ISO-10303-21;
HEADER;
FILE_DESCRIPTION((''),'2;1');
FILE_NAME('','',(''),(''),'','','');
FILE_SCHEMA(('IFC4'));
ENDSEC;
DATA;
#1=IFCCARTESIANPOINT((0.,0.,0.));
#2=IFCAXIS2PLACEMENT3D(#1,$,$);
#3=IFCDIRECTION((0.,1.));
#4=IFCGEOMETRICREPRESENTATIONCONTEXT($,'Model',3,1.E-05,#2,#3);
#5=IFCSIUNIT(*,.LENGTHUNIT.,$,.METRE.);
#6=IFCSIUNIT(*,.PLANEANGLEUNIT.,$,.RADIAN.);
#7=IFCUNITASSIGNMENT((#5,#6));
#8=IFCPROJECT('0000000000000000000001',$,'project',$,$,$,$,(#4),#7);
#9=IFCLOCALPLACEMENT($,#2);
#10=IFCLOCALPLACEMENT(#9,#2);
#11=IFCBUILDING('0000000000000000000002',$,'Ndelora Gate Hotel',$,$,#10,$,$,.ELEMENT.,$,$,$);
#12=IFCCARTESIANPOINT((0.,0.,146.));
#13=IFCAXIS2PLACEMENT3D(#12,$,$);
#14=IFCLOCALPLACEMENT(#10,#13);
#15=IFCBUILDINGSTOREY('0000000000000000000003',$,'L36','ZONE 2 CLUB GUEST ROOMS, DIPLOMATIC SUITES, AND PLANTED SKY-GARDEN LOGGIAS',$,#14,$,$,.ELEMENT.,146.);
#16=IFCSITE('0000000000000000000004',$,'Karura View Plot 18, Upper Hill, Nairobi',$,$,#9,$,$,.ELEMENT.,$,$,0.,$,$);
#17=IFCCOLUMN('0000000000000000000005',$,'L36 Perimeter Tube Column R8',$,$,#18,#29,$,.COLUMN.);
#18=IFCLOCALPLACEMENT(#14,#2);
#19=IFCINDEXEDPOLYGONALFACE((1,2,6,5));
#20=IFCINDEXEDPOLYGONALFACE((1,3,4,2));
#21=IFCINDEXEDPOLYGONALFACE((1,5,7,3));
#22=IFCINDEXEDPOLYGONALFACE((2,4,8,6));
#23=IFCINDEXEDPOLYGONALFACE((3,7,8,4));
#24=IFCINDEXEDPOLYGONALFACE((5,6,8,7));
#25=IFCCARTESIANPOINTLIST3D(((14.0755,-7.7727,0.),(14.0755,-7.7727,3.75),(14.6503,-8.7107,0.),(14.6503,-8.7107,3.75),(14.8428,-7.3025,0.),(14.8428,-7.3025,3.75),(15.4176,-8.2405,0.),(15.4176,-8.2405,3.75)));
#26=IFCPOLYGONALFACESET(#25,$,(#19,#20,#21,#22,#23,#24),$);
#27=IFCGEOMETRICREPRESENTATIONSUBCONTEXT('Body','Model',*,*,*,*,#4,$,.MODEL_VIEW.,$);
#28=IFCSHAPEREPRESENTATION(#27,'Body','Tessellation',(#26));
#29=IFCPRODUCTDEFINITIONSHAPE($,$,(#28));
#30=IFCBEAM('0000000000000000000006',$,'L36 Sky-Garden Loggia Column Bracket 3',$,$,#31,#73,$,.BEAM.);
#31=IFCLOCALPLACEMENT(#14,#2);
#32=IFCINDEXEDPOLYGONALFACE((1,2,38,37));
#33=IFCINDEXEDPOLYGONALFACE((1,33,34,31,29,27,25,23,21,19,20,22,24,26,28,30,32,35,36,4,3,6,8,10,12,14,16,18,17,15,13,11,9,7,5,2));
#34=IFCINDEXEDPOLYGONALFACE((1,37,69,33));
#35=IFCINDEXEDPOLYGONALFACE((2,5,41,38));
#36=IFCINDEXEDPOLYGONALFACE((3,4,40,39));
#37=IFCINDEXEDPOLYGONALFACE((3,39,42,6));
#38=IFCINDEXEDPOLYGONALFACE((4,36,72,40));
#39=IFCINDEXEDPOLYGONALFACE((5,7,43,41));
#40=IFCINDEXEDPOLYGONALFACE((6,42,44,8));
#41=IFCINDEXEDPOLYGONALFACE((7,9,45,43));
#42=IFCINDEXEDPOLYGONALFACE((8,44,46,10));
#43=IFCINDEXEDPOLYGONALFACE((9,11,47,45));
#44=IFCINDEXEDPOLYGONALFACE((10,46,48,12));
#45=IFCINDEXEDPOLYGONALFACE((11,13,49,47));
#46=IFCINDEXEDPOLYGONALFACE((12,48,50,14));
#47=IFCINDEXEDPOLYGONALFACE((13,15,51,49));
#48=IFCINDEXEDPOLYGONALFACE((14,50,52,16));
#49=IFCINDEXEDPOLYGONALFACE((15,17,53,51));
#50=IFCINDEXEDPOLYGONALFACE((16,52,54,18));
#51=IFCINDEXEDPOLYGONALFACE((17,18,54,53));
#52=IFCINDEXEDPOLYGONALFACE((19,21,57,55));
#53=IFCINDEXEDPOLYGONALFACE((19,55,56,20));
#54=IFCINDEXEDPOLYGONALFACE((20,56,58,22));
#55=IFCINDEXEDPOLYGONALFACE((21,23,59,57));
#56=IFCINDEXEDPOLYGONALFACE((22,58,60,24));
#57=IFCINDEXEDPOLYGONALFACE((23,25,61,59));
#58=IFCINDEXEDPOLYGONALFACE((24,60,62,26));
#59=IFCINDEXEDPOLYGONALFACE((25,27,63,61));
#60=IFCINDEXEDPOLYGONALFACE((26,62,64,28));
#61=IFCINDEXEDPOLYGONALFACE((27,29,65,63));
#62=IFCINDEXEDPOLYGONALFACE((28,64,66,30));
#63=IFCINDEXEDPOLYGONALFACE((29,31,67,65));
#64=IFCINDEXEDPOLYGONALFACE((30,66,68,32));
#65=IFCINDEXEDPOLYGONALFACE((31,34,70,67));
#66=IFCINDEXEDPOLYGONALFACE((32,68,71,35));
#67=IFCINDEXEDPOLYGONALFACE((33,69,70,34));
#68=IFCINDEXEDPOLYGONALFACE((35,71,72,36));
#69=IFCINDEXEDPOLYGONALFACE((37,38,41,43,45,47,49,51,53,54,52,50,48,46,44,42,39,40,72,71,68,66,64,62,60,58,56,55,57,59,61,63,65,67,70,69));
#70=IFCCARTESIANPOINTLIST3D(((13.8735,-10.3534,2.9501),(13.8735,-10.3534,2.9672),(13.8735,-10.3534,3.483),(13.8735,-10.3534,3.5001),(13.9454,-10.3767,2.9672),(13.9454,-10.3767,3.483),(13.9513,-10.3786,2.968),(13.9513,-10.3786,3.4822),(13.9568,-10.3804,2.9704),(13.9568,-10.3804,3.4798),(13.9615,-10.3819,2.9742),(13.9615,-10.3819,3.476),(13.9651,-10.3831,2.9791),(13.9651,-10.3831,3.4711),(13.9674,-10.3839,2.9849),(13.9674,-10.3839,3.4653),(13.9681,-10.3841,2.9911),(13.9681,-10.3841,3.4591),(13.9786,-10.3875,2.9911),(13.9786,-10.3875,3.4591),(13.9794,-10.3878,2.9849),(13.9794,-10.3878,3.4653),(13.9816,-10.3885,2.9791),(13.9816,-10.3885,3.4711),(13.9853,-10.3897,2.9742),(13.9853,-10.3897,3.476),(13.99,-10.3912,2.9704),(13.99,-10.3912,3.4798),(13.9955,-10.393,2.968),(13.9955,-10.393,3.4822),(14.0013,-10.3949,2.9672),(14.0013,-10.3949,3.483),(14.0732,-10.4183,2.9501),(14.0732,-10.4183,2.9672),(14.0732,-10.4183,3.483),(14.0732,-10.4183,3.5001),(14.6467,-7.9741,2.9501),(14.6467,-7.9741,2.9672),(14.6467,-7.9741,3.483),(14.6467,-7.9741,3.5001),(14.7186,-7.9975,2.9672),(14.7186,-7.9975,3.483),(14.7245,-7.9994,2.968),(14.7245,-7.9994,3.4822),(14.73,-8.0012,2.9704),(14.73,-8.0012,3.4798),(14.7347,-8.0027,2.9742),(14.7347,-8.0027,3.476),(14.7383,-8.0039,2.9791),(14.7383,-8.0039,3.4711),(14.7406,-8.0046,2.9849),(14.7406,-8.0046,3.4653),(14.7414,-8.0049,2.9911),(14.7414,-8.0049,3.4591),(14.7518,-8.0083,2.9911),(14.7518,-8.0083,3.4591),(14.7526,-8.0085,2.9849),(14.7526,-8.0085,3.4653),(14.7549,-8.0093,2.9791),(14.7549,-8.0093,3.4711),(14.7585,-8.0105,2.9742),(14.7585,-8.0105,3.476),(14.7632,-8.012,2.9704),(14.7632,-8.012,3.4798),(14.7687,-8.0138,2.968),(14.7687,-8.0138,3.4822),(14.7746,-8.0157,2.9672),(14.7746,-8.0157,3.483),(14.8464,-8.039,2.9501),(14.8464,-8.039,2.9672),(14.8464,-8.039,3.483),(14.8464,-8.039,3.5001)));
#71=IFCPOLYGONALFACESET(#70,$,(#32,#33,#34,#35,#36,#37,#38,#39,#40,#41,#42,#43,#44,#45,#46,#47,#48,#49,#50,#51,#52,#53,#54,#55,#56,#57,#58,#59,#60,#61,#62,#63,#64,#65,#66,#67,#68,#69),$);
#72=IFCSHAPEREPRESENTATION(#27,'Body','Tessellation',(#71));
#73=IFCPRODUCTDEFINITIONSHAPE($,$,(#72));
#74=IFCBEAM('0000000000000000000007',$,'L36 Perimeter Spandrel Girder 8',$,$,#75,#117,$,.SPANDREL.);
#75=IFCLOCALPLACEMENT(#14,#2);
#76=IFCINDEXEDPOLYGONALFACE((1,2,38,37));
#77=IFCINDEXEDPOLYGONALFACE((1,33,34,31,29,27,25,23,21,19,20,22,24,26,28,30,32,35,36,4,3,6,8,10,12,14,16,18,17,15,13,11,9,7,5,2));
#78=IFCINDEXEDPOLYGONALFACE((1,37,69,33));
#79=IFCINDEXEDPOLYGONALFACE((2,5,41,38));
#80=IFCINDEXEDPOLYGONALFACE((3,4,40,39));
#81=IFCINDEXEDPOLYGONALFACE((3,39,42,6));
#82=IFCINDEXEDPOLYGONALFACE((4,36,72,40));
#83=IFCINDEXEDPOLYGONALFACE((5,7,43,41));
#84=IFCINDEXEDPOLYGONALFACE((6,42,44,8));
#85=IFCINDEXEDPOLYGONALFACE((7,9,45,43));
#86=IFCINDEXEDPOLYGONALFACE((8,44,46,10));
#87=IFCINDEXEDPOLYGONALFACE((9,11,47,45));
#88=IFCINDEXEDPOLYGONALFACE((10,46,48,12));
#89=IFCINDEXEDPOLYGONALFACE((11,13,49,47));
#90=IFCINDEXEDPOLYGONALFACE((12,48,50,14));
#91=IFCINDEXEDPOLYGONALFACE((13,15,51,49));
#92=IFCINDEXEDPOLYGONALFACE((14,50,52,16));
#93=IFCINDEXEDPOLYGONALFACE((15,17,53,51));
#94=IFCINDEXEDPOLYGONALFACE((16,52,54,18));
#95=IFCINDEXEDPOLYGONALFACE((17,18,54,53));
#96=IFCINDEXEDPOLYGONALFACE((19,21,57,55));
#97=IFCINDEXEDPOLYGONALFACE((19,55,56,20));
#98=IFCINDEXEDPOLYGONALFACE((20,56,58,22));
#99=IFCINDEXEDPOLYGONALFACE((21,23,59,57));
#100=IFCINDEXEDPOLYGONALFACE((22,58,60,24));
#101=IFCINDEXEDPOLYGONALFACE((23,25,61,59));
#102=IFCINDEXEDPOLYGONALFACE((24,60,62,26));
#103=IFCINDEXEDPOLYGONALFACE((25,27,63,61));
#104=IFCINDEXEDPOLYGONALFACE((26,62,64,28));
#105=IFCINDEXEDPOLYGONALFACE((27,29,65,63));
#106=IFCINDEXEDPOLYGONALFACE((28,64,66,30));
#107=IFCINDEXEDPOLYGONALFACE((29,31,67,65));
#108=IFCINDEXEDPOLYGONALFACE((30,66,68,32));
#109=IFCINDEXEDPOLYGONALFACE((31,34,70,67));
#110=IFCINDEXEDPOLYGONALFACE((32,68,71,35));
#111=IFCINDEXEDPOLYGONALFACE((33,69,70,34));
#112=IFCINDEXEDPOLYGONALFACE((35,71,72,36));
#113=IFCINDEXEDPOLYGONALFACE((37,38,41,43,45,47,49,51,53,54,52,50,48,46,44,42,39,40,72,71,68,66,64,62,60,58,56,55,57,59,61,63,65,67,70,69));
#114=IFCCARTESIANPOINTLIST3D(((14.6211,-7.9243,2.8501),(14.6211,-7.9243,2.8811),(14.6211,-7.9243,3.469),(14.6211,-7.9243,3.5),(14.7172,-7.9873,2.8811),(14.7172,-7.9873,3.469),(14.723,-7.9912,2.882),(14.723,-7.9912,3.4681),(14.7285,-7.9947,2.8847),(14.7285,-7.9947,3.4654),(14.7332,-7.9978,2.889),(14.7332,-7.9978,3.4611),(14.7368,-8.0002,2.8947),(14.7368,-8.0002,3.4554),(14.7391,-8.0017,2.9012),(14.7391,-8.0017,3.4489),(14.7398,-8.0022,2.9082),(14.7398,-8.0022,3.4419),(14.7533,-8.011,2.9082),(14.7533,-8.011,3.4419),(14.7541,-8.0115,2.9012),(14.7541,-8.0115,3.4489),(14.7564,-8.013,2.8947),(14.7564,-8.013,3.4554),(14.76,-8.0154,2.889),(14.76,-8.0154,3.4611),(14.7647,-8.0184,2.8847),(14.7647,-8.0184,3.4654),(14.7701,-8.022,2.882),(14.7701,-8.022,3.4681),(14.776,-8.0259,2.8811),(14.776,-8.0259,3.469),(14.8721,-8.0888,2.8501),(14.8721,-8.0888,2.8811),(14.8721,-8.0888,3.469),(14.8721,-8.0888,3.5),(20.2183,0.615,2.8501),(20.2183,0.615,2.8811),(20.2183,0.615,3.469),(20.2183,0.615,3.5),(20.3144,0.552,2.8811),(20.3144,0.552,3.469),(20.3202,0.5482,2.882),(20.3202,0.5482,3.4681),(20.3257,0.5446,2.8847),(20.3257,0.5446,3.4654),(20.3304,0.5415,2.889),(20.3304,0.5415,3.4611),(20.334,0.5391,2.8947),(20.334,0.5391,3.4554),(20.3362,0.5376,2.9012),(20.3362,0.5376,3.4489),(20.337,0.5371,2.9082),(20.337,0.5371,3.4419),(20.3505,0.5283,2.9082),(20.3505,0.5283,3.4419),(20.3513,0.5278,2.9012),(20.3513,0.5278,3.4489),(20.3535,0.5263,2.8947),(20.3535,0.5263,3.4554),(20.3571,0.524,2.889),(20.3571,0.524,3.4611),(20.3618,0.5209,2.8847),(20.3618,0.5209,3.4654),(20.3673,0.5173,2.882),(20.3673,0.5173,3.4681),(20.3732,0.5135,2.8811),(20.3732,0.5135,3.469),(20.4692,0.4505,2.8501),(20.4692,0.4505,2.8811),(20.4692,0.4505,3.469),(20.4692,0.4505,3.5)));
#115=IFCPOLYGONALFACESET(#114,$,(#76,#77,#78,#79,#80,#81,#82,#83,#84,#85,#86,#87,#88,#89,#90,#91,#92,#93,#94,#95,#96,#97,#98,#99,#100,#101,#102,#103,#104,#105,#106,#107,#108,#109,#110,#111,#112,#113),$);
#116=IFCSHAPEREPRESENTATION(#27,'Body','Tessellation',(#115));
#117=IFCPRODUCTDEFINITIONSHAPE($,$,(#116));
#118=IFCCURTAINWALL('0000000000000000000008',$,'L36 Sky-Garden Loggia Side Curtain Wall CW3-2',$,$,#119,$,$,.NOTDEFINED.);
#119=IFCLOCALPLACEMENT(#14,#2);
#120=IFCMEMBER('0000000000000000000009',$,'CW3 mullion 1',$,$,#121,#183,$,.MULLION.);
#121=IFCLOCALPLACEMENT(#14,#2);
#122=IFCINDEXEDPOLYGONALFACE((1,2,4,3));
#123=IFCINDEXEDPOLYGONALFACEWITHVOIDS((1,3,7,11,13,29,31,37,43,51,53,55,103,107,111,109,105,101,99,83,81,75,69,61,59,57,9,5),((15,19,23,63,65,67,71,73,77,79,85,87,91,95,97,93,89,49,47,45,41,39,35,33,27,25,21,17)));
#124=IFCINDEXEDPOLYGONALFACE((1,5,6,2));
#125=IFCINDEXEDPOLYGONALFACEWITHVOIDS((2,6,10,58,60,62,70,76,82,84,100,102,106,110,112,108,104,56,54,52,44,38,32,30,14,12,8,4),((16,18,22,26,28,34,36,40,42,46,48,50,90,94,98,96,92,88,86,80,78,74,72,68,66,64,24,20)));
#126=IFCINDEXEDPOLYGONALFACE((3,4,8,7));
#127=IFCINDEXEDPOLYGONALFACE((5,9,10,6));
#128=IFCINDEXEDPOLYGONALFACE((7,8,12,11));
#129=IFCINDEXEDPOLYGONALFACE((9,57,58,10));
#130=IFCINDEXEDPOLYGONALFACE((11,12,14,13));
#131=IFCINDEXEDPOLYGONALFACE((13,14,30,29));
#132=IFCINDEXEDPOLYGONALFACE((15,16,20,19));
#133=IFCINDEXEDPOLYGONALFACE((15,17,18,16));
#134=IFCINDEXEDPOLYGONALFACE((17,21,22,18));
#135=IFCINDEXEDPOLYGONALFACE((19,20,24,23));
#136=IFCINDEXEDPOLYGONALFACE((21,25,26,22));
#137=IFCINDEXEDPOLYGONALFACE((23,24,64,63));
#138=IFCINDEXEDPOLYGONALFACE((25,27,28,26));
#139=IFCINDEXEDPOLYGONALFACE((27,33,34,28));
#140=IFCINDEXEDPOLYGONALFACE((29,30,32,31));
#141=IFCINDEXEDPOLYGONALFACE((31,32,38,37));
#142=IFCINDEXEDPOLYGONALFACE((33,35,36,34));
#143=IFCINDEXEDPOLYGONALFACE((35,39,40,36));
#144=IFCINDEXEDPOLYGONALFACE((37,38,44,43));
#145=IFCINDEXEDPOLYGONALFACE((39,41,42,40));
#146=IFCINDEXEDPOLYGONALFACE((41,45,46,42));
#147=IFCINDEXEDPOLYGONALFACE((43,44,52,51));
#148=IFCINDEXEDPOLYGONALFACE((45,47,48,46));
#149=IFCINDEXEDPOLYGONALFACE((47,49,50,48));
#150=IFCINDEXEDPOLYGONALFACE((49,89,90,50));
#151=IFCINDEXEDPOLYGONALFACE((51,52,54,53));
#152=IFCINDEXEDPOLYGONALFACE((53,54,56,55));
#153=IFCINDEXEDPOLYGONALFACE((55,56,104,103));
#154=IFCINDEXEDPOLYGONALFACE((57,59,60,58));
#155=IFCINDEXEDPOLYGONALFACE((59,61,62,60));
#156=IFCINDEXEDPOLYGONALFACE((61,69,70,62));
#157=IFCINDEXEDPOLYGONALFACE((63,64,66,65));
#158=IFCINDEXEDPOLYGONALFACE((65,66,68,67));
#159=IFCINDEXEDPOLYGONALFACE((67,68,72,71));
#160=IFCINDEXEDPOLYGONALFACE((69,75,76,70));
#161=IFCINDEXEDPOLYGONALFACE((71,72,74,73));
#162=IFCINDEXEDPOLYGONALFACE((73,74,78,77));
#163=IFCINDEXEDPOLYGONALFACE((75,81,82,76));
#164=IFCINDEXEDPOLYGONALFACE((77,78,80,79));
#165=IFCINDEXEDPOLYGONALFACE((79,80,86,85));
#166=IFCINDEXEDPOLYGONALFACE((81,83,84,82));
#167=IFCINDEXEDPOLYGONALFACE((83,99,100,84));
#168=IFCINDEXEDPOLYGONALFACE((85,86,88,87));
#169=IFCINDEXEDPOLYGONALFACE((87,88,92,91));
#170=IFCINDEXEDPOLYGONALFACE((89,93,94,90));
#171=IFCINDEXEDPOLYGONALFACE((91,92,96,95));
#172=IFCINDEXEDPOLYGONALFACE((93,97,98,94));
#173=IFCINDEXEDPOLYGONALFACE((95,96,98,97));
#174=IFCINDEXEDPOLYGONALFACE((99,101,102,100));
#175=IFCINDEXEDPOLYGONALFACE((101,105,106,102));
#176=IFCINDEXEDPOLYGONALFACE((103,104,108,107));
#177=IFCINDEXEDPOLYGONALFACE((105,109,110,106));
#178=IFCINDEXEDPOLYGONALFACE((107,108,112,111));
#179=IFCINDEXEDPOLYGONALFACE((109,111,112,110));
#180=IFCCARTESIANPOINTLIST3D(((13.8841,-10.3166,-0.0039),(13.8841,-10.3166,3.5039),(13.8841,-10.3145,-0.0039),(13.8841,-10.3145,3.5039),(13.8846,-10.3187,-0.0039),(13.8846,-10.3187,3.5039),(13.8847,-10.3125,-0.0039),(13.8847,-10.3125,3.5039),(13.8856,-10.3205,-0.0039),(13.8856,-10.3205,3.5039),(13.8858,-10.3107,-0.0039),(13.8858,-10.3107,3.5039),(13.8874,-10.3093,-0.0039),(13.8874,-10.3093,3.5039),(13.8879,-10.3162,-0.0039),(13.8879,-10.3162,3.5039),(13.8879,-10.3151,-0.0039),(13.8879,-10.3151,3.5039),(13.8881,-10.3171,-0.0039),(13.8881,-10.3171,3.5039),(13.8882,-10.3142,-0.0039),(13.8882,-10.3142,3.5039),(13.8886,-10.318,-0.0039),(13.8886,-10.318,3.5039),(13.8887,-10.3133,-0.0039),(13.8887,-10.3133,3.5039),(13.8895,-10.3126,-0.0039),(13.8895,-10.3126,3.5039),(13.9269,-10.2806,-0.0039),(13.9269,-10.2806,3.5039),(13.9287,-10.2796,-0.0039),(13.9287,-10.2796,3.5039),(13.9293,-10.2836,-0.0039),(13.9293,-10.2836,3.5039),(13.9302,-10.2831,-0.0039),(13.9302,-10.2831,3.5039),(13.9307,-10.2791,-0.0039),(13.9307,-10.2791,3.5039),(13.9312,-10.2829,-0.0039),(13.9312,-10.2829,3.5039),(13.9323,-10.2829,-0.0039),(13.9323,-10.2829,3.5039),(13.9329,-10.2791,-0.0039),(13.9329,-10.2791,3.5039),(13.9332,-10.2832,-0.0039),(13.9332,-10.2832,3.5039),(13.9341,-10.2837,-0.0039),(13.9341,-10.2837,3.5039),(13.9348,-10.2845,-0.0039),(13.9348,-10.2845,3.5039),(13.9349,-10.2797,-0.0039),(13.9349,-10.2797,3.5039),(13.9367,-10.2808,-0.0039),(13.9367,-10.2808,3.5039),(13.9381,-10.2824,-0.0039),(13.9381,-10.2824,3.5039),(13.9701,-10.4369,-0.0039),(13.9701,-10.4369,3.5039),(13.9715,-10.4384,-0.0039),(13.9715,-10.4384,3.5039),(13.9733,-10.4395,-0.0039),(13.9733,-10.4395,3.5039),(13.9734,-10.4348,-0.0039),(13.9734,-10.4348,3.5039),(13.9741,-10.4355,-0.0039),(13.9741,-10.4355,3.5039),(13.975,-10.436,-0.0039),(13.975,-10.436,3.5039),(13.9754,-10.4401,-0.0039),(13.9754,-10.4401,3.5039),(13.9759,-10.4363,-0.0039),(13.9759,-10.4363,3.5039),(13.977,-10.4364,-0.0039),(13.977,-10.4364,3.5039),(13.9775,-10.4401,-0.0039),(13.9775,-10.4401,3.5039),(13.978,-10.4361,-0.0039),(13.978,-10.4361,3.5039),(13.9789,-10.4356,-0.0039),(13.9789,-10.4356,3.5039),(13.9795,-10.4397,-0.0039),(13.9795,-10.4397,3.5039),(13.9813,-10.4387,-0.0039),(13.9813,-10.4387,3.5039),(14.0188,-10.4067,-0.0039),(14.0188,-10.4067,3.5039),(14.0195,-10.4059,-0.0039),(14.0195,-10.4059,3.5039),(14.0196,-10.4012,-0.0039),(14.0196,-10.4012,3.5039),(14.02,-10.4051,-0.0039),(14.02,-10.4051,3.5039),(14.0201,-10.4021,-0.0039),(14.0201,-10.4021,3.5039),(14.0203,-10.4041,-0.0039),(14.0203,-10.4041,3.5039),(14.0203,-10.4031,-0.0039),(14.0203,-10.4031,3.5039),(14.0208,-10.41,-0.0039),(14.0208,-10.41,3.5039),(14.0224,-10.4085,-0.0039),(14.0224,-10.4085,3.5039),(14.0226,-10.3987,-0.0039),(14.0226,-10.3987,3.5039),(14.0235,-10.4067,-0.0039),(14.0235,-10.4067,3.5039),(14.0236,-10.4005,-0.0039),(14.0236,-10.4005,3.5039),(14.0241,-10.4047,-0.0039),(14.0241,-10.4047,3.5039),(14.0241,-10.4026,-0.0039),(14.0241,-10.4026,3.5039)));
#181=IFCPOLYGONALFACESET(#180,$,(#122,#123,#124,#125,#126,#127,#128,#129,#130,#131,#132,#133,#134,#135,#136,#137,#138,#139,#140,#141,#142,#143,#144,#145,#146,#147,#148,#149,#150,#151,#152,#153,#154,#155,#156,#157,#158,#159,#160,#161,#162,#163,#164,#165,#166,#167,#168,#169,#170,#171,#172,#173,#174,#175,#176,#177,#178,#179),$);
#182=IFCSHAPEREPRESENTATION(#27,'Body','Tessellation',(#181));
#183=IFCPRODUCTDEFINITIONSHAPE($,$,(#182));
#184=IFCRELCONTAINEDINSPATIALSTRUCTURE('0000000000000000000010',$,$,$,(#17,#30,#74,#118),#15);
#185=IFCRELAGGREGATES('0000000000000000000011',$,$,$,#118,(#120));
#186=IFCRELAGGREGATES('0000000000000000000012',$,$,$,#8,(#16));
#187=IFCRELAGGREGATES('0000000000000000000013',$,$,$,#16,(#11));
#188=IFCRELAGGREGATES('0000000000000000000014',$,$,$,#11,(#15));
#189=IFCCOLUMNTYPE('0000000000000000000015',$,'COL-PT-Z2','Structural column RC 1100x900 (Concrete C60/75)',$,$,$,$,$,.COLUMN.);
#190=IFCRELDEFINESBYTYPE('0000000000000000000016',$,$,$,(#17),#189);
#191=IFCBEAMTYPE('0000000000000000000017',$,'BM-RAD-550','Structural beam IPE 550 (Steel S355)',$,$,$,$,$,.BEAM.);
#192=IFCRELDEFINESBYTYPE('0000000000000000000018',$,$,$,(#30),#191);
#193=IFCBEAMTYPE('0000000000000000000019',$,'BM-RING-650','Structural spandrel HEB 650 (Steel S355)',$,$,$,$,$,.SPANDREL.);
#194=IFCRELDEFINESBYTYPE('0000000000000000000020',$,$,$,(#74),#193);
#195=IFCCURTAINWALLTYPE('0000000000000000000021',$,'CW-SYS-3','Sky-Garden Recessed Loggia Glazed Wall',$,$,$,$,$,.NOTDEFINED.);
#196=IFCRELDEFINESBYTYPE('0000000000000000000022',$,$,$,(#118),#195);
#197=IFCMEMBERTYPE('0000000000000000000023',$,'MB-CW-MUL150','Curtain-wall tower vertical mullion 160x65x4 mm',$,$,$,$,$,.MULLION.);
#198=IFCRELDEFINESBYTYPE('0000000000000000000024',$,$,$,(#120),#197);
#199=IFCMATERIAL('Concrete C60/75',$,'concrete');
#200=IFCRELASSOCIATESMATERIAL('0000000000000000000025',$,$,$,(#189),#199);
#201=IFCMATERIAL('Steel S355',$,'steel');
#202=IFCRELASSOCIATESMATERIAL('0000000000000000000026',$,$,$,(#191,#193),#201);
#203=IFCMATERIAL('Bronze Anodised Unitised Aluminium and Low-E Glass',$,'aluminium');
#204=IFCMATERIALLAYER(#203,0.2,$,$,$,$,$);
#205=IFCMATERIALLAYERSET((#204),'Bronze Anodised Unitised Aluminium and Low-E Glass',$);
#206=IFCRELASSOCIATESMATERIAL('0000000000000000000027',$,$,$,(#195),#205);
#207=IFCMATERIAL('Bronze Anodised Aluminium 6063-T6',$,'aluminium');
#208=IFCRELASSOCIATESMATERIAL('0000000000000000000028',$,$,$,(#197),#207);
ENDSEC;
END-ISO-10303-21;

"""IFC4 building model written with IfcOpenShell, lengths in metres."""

from ifc_helpers import new_model, si_unit, direction, frame, origin, origin_2d, place, context, subcontext, project, spatial, rectangle, hollow_rectangle, i_section, extrude, material, layer, layer_set, material_profile, profile_set, type_object, element, aggregate, save


model = new_model("IFC4")

# Units and contexts
model_context = context("Model", 3, precision=1e-05, world=origin(), true_north=direction((0.0, 1.0)))
body_context = subcontext(model_context, "Body", "Model", "MODEL_VIEW")
ifc_project = project(units=[si_unit("LENGTHUNIT", "METRE"), si_unit("PLANEANGLEUNIT", "RADIAN")], contexts=[model_context])

# Site, building, storey
site_placement = place(None, origin())
site = spatial("IfcSite", under=ifc_project, at=site_placement, Name="Karura View Plot 18, Upper Hill, Nairobi", CompositionType="ELEMENT", RefElevation=0.0)
building_placement = place(site_placement, origin())
building = spatial("IfcBuilding", under=site, at=building_placement, Name="Ndelora Gate Hotel", CompositionType="ELEMENT")
storey_placement = place(building_placement, frame((0.0, 0.0, 146.0)))
storey = spatial("IfcBuildingStorey", under=building, at=storey_placement, Name="L36", Description="ZONE 2 CLUB GUEST ROOMS, DIPLOMATIC SUITES, AND PLANTED SKY-GARDEN LOGGIAS", CompositionType="ELEMENT", Elevation=146.0)

# Column
ifc_material_1 = material(Name="Concrete C60/75", Category="concrete")
ifc_material_profile_1 = material_profile(ifc_material_1, rectangle(XDim=0.8999, YDim=1.1001, at=origin_2d()), Name="RC 1100x900")
ifc_profile_set_1 = profile_set([ifc_material_profile_1], Name="Concrete C60/75")
column_type = type_object("IfcColumnType", Name="COL-PT-Z2", Description="Structural column RC 1100x900 (Concrete C60/75)", PredefinedType="COLUMN", material=ifc_profile_set_1)
column_placement = place(storey_placement, frame((14.7466, -8.0066, 0.0), z_axis=(0.0, 0.0, 1.0), x_axis=(0.85264, 0.522499, 0.0)))
element("IfcColumn", 1, at=column_placement, inside=storey, type_object=column_type, Name="L36 Perimeter Tube Column R8", PredefinedType="COLUMN", context=body_context, shape_type="SweptSolid", body=[
    extrude(rectangle(XDim=0.8999, YDim=1.1001, at=origin_2d()), origin(), (0.0, 0.0, 1.0), 3.75),
])

# Beams
ifc_material_2 = material(Name="Steel S355", Category="steel")
ifc_material_profile_2 = material_profile(ifc_material_2, i_section(OverallWidth=0.21, OverallDepth=0.55, WebThickness=0.011, FlangeThickness=0.0171, FilletRadius=0.0239, at=origin_2d()), Name="IPE 550")
ifc_profile_set_2 = profile_set([ifc_material_profile_2], Name="Steel S355")
beam_type_1 = type_object("IfcBeamType", Name="BM-RAD-550", Description="Structural beam IPE 550 (Steel S355)", PredefinedType="BEAM", material=ifc_profile_set_2)
beam_1_placement = place(storey_placement, frame((14.7466, -8.0066, 3.2251), z_axis=(-0.309075, -0.951038, 0.0), x_axis=(0.951038, -0.309075, 0.0)))
element("IfcBeam", 2, at=beam_1_placement, inside=storey, type_object=beam_type_1, Name="L36 Sky-Garden Loggia Column Bracket 3", PredefinedType="BEAM", context=body_context, shape_type="SweptSolid", body=[
    extrude(i_section(OverallWidth=0.21, OverallDepth=0.55, WebThickness=0.011, FlangeThickness=0.0171, FilletRadius=0.0239, at=origin_2d()), origin(), (0.0, 0.0, 1.0), 2.5017),
])
ifc_material_profile_3 = material_profile(ifc_material_2, i_section(OverallWidth=0.3, OverallDepth=0.6499, WebThickness=0.0161, FlangeThickness=0.031, FilletRadius=0.0271, at=origin_2d()), Name="HEB 650")
ifc_profile_set_3 = profile_set([ifc_material_profile_3], Name="Steel S355")
beam_type_2 = type_object("IfcBeamType", Name="BM-RING-650", Description="Structural spandrel HEB 650 (Steel S355)", PredefinedType="SPANDREL", material=ifc_profile_set_3)
beam_2_placement = place(storey_placement, frame((14.7466, -8.0066, 3.175), z_axis=(0.548194, 0.836351, 0.0), x_axis=(-0.836351, 0.548194, 0.0)))
element("IfcBeam", 3, at=beam_2_placement, inside=storey, type_object=beam_type_2, Name="L36 Perimeter Spandrel Girder 8", PredefinedType="SPANDREL", context=body_context, shape_type="SweptSolid", body=[
    extrude(i_section(OverallWidth=0.3, OverallDepth=0.6499, WebThickness=0.0161, FlangeThickness=0.031, FilletRadius=0.0271, at=origin_2d()), origin(), (0.0, 0.0, 1.0), 10.2102),
])

# Curtain wall, member
ifc_material_3 = material(Name="Bronze Anodised Unitised Aluminium and Low-E Glass", Category="aluminium")
ifc_layer_1 = layer(ifc_material_3, 0.2)
ifc_layer_set_1 = layer_set([ifc_layer_1], Name="Bronze Anodised Unitised Aluminium and Low-E Glass")
curtain_wall_type = type_object("IfcCurtainWallType", Name="CW-SYS-3", Description="Sky-Garden Recessed Loggia Glazed Wall", PredefinedType="NOTDEFINED", material=ifc_layer_set_1)
curtain_wall_placement = place(storey_placement, origin())
curtain_wall = element("IfcCurtainWall", 4, at=curtain_wall_placement, inside=storey, type_object=curtain_wall_type, Name="L36 Sky-Garden Loggia Side Curtain Wall CW3-2", PredefinedType="NOTDEFINED")
ifc_material_4 = material(Name="Bronze Anodised Aluminium 6063-T6", Category="aluminium")
ifc_material_profile_4 = material_profile(ifc_material_4, hollow_rectangle(XDim=0.0649, YDim=0.1599, WallThickness=0.0039, InnerFilletRadius=0.0039, OuterFilletRadius=0.0081, at=origin_2d()), Name="ALU 160x65x4")
ifc_profile_set_4 = profile_set([ifc_material_profile_4], Name="Bronze Anodised Aluminium 6063-T6")
member_type_1 = type_object("IfcMemberType", Name="MB-CW-MUL150", Description="Curtain-wall tower vertical mullion 160x65x4 mm", PredefinedType="MULLION", material=ifc_profile_set_4)
member_1_placement = place(storey_placement, frame((13.9541, -10.3596, -0.0039), z_axis=(0.0, 0.0, 1.0), x_axis=(-0.809017, -0.587785, 0.0)))
member_1 = element("IfcMember", 5, at=member_1_placement, type_object=member_type_1, Name="CW3 mullion 1", PredefinedType="MULLION", context=body_context, shape_type="SweptSolid", body=[
    extrude(hollow_rectangle(XDim=0.0649, YDim=0.1599, WallThickness=0.0039, InnerFilletRadius=0.0039, OuterFilletRadius=0.0081, at=origin_2d()), origin(), (0.0, 0.0, 1.0), 3.5078),
])
aggregate(curtain_wall, [member_1])

save(model, "model.ifc")
